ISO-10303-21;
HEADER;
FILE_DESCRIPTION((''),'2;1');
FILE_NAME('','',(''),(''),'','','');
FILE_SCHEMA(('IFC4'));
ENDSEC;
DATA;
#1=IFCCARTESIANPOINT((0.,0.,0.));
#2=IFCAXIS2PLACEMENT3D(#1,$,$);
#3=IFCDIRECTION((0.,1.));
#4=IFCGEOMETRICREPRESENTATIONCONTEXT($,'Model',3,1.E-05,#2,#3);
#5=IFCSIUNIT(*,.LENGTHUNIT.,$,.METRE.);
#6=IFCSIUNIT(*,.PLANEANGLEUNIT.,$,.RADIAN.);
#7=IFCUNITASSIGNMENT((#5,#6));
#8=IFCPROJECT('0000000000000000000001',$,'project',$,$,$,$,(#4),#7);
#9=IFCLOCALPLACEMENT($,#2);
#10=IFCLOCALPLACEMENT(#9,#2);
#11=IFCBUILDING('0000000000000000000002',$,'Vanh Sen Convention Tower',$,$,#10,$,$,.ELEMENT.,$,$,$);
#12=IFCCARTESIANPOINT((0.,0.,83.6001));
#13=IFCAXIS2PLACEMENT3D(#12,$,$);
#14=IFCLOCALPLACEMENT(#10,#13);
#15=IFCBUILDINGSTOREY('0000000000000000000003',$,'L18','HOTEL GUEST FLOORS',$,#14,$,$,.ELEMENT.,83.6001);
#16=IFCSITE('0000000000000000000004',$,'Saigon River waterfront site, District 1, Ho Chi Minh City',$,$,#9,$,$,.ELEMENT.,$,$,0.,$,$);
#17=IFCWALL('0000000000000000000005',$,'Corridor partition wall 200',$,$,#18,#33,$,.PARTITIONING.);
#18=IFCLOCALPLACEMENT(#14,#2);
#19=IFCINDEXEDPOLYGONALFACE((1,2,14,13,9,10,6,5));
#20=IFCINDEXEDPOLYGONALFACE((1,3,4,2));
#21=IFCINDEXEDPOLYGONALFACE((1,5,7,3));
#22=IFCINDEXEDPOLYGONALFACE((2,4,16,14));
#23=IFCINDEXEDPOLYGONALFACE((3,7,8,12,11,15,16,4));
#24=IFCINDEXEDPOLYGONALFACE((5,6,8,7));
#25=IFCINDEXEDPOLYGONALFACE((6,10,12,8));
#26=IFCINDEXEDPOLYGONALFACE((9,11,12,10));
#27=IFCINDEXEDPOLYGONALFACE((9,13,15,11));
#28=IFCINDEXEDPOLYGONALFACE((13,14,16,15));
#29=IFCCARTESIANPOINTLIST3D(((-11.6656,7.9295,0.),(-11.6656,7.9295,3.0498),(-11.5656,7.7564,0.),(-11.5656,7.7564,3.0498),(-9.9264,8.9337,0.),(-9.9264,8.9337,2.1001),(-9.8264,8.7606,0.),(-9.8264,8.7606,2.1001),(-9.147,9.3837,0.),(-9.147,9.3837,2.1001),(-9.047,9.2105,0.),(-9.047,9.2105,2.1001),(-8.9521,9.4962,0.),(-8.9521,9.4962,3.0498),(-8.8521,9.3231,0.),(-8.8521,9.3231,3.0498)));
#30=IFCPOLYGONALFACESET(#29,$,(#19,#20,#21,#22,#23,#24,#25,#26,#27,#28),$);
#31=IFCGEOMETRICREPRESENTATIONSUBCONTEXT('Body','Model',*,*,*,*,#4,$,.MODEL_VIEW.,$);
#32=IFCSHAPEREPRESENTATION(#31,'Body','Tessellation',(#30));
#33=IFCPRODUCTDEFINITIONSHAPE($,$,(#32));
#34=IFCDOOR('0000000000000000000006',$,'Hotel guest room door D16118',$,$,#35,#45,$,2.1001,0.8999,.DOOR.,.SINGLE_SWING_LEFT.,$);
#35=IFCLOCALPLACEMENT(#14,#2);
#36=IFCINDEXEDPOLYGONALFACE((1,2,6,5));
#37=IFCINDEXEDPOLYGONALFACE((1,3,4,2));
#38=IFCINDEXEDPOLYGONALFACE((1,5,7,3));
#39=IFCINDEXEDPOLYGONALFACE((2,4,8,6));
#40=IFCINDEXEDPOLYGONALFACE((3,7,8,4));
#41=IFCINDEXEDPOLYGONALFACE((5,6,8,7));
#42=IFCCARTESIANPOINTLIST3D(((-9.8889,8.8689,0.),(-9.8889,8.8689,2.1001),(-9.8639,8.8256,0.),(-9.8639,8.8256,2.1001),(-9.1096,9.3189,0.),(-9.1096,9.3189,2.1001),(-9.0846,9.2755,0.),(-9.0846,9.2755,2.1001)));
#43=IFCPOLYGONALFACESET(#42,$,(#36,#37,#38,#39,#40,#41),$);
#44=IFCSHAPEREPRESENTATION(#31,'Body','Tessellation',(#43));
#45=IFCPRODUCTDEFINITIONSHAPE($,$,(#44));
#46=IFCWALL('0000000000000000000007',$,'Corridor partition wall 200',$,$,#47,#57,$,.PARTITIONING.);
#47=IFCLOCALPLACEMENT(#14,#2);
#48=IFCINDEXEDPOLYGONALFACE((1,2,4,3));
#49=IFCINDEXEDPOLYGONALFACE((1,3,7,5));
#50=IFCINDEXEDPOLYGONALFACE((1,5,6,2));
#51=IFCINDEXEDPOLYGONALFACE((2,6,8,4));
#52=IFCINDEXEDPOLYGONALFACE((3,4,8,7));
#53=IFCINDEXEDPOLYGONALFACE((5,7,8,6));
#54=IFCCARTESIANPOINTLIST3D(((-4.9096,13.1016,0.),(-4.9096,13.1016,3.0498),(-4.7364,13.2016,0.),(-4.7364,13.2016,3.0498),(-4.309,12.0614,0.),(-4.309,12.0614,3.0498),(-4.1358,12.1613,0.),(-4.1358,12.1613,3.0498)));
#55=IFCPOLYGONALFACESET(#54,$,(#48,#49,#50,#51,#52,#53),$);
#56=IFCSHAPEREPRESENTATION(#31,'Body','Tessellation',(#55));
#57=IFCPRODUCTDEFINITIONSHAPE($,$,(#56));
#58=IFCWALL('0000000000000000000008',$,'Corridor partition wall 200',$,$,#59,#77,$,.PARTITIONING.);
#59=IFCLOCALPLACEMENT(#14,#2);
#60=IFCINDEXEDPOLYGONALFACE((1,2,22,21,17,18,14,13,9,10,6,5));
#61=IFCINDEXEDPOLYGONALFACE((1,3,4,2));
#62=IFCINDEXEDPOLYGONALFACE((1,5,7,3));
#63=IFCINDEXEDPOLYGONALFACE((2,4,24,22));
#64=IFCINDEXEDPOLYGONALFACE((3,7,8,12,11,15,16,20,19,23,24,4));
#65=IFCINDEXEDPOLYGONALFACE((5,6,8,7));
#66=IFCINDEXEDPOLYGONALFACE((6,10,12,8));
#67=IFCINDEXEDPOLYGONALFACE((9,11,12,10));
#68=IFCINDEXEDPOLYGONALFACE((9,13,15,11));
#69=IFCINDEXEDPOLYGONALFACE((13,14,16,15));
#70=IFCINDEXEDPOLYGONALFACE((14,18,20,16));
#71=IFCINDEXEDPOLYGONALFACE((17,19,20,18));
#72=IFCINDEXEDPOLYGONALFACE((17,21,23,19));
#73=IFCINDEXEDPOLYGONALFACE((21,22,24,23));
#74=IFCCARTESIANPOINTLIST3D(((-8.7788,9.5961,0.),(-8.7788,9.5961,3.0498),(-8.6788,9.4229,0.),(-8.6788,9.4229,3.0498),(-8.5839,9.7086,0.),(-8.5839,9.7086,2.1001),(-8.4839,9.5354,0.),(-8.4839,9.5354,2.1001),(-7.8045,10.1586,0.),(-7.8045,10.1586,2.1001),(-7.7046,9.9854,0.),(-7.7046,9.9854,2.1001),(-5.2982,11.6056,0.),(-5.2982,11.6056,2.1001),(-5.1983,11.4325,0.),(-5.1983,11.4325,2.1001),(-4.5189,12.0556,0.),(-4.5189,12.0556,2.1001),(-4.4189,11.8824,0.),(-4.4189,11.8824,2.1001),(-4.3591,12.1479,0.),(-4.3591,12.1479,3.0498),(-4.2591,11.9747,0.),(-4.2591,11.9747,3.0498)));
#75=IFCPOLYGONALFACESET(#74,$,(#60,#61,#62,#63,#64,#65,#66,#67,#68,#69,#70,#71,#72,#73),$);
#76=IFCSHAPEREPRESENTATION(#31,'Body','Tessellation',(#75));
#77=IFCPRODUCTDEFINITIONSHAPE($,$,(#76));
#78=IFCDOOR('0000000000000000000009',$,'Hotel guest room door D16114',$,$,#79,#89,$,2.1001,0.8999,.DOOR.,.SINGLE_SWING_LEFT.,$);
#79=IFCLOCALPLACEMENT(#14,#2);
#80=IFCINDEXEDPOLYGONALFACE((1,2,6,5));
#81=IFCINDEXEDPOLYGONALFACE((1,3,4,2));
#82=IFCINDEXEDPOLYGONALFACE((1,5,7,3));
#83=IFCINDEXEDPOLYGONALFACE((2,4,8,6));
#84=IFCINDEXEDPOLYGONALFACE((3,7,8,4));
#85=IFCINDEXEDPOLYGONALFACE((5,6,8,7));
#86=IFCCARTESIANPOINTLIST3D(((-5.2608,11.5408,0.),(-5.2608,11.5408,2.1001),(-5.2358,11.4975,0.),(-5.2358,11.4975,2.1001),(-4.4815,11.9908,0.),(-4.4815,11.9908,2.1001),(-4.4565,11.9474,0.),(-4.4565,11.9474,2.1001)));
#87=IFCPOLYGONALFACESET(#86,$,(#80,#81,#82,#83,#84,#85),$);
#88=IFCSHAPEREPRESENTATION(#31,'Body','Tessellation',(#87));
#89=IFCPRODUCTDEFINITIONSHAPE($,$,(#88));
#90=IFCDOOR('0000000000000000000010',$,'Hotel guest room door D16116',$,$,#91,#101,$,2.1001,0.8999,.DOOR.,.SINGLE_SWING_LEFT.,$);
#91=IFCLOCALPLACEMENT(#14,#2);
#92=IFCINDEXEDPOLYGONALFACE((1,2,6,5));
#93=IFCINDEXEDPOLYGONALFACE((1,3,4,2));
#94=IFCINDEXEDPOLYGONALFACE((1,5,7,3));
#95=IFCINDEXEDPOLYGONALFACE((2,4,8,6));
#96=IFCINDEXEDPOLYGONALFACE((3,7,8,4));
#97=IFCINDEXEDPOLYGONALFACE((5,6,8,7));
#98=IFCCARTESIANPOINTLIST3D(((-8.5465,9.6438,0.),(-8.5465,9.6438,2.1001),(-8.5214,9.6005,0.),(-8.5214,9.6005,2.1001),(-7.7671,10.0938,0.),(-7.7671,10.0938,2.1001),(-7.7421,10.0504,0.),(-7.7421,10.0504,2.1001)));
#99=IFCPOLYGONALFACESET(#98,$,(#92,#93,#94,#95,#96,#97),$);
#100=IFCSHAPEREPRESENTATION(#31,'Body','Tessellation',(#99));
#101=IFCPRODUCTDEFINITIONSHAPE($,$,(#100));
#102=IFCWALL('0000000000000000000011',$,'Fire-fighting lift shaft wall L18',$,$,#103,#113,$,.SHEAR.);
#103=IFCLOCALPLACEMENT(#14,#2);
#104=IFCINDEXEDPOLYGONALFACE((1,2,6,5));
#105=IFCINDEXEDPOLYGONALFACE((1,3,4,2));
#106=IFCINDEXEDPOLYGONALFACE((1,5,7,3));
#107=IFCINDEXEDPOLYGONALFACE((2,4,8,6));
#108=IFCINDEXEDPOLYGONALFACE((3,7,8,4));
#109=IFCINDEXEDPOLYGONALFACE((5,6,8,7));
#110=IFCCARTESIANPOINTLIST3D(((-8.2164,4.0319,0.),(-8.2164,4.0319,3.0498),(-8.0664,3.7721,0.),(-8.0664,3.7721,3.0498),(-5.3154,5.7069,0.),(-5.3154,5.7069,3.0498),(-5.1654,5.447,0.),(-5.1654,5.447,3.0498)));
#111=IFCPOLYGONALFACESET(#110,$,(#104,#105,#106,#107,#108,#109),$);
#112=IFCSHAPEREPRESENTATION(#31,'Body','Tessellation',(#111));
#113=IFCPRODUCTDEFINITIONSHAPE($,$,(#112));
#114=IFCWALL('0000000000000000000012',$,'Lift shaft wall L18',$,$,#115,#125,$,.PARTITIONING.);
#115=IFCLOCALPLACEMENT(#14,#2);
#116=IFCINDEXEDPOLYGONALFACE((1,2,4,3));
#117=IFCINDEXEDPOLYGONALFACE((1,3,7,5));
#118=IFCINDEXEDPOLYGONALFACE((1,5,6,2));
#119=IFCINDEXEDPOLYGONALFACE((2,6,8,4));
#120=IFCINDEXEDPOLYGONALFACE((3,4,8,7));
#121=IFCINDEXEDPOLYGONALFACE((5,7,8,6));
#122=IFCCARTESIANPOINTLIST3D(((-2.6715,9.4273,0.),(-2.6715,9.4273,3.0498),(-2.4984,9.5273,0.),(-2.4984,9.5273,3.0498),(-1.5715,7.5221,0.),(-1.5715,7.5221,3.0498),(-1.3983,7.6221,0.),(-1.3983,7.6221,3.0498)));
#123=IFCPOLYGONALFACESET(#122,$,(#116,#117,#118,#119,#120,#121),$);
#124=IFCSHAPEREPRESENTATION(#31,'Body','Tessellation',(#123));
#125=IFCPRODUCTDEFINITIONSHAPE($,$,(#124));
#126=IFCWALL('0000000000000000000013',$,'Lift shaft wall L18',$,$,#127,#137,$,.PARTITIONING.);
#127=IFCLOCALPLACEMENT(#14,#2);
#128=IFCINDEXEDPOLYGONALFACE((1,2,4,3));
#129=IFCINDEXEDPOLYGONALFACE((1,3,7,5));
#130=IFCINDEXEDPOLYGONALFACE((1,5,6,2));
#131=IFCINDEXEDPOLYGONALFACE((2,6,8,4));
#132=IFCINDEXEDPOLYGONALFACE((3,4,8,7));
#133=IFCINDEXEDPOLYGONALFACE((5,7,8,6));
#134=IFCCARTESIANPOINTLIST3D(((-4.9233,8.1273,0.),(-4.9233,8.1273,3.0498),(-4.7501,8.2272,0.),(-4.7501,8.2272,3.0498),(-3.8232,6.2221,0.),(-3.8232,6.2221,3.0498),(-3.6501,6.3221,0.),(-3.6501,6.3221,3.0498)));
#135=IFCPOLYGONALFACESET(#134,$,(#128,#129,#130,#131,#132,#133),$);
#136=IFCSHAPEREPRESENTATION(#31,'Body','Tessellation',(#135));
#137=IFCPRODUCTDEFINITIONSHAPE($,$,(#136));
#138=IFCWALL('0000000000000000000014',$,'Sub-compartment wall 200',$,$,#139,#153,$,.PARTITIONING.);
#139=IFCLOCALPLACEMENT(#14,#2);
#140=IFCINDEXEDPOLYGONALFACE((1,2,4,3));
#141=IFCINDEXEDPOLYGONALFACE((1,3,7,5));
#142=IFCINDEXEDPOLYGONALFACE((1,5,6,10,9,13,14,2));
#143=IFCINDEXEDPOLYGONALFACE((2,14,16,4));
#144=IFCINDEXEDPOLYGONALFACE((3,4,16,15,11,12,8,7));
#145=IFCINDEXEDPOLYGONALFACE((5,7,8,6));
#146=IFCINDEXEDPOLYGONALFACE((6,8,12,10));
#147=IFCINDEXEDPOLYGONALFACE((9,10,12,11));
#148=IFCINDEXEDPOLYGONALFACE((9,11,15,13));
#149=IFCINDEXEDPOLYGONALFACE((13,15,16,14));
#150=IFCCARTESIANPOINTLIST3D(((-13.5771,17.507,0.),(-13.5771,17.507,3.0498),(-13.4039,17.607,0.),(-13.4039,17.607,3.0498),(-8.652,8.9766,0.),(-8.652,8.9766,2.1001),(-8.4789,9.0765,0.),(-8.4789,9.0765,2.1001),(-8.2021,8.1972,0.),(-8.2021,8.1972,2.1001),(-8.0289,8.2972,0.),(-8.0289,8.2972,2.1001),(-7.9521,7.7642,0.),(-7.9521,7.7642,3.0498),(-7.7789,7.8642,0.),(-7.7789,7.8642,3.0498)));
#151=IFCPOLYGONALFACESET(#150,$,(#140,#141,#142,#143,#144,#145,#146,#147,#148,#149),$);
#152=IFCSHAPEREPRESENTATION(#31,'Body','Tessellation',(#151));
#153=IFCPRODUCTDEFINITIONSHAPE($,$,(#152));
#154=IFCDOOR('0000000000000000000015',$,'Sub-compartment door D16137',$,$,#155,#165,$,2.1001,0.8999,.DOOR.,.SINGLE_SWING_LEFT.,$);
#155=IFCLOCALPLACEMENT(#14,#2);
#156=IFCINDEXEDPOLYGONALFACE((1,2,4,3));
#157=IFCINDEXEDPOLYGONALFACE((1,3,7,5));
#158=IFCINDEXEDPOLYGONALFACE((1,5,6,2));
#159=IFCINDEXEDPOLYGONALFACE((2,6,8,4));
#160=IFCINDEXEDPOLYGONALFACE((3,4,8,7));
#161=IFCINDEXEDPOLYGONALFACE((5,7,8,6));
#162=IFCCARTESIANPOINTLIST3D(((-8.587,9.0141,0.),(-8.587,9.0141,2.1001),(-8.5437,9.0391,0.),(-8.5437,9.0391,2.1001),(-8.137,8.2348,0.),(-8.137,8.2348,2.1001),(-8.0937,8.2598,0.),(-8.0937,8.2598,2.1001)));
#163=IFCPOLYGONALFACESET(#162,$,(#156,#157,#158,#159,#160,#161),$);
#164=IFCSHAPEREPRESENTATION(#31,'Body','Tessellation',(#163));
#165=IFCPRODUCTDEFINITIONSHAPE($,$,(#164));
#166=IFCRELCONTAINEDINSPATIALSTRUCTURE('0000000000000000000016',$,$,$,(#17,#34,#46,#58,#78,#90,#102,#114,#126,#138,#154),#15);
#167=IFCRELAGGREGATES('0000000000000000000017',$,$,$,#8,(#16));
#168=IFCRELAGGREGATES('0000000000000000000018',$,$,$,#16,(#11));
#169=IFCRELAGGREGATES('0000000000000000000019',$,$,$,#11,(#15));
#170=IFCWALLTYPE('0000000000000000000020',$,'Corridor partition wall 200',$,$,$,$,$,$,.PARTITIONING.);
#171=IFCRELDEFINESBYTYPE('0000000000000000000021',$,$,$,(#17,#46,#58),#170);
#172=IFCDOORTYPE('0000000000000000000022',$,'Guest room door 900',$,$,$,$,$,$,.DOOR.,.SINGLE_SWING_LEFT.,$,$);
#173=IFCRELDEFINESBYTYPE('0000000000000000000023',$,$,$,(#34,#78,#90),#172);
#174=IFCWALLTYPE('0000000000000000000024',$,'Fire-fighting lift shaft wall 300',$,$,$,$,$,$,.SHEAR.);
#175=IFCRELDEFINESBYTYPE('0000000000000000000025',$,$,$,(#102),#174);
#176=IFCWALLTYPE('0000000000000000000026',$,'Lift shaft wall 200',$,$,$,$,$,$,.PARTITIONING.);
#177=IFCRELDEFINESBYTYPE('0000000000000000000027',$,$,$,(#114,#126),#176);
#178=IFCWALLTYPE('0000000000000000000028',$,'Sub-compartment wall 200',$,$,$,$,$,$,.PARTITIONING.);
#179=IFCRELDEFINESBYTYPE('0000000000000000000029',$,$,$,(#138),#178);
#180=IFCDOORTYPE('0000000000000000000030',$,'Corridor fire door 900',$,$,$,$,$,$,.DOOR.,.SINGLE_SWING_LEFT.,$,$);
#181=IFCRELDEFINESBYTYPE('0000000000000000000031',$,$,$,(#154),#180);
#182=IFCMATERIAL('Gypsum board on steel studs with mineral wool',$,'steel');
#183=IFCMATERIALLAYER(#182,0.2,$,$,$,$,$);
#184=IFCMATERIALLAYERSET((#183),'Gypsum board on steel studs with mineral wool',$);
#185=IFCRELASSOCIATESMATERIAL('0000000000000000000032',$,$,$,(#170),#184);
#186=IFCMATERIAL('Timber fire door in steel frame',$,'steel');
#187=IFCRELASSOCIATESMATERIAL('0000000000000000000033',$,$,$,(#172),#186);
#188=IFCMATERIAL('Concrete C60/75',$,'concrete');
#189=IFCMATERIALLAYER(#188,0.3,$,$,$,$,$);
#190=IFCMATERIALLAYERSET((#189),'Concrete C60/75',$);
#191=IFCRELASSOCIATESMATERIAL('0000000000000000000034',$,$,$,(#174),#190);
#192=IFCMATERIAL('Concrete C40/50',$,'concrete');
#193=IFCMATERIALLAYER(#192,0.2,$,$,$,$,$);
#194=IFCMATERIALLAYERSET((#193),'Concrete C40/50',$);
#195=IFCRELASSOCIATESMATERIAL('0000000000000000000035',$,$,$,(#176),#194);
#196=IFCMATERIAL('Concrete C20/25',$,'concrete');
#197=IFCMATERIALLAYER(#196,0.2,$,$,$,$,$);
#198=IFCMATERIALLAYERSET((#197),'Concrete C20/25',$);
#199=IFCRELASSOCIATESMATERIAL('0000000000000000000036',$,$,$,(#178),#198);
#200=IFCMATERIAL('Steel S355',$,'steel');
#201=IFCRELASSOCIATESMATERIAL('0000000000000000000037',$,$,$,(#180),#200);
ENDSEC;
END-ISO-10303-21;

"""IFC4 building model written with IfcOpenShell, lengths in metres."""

from ifc_helpers import new_model, si_unit, direction, frame, frame_2d, origin, place, context, subcontext, project, spatial, rectangle, extrude, material, layer, layer_set, type_object, element, fill, save


model = new_model("IFC4")

# Units and contexts
model_context = context("Model", 3, precision=1e-05, world=origin(), true_north=direction((0.0, 1.0)))
body_context = subcontext(model_context, "Body", "Model", "MODEL_VIEW")
ifc_project = project(units=[si_unit("LENGTHUNIT", "METRE"), si_unit("PLANEANGLEUNIT", "RADIAN")], contexts=[model_context])

# Site, building, storey
site_placement = place(None, origin())
site = spatial("IfcSite", under=ifc_project, at=site_placement, Name="Saigon River waterfront site, District 1, Ho Chi Minh City", CompositionType="ELEMENT", RefElevation=0.0)
building_placement = place(site_placement, origin())
building = spatial("IfcBuilding", under=site, at=building_placement, Name="Vanh Sen Convention Tower", CompositionType="ELEMENT")
storey_placement = place(building_placement, frame((0.0, 0.0, 83.6001)))
storey = spatial("IfcBuildingStorey", under=building, at=storey_placement, Name="L18", Description="HOTEL GUEST FLOORS", CompositionType="ELEMENT", Elevation=83.6001)

# Shared definitions
ifc_material_1 = material(Name="Gypsum board on steel studs with mineral wool", Category="steel")
ifc_layer_1 = layer(ifc_material_1, 0.2)
ifc_layer_set_1 = layer_set([ifc_layer_1], Name="Gypsum board on steel studs with mineral wool")
wall_type_1 = type_object("IfcWallType", Name="Corridor partition wall 200", PredefinedType="PARTITIONING", material=ifc_layer_set_1)

# Wall, opening, door
wall_1_placement = place(storey_placement, frame((-8.9021, 9.4097, 0.0), z_axis=(0.0, 0.0, 1.0), x_axis=(-0.866014, -0.500019, 0.0)))
wall_1 = element("IfcWall", 1, at=wall_1_placement, inside=storey, type_object=wall_type_1, Name="Corridor partition wall 200", PredefinedType="PARTITIONING", context=body_context, shape_type="SweptSolid", body=[
    extrude(rectangle(XDim=3.1333, YDim=0.2, at=frame_2d((1.5667, 0.0))), origin(), (0.0, 0.0, 1.0), 3.0498),
])
opening_1_placement = place(wall_1_placement, frame((0.2251, 0.0, 0.0)))
opening_1 = element("IfcOpeningElement", 2, at=opening_1_placement, cuts=wall_1, PredefinedType="OPENING", context=body_context, shape_type="SweptSolid", body=[
    extrude(rectangle(XDim=0.8999, YDim=2.1001, at=frame_2d((0.45, 1.05))), frame((0.0, 0.1099, 0.0), z_axis=(0.0, -1.0, 0.0), x_axis=(1.0, 0.0, 0.0)), (0.0, 0.0, 1.0), 0.22),
])
ifc_material_2 = material(Name="Timber fire door in steel frame", Category="steel")
door_type_1 = type_object("IfcDoorType", Name="Guest room door 900", OperationType="SINGLE_SWING_LEFT", PredefinedType="DOOR", material=ifc_material_2)
door_1_placement = place(opening_1_placement, origin())
door_1 = element("IfcDoor", 3, at=door_1_placement, inside=storey, type_object=door_type_1, Name="Hotel guest room door D16118", OperationType="SINGLE_SWING_LEFT", OverallHeight=2.1001, OverallWidth=0.8999, PredefinedType="DOOR", context=body_context, shape_type="SweptSolid", body=[
    extrude(rectangle(XDim=0.8999, YDim=2.1001, at=frame_2d((0.45, 1.05))), frame((0.0, 0.0249, 0.0), z_axis=(0.0, -1.0, 0.0), x_axis=(1.0, 0.0, 0.0)), (0.0, 0.0, 1.0), 0.05),
])
fill(opening_1, door_1)

# Wall
wall_2_placement = place(storey_placement, frame((-4.823, 13.1516, 0.0), z_axis=(0.0, 0.0, 1.0), x_axis=(0.499986, -0.866033, 0.0)))
element("IfcWall", 4, at=wall_2_placement, inside=storey, type_object=wall_type_1, Name="Corridor partition wall 200", PredefinedType="PARTITIONING", context=body_context, shape_type="SweptSolid", body=[
    extrude(rectangle(XDim=1.2012, YDim=0.2, at=frame_2d((0.6006, 0.0))), origin(), (0.0, 0.0, 1.0), 3.0498),
])

# Wall, openings, doors
wall_3_placement = place(storey_placement, frame((-4.3091, 12.0613, 0.0), z_axis=(0.0, 0.0, 1.0), x_axis=(-0.866021, -0.500008, 0.0)))
wall_3 = element("IfcWall", 5, at=wall_3_placement, inside=storey, type_object=wall_type_1, Name="Corridor partition wall 200", PredefinedType="PARTITIONING", context=body_context, shape_type="SweptSolid", body=[
    extrude(rectangle(XDim=5.1035, YDim=0.2, at=frame_2d((2.5518, 0.0))), origin(), (0.0, 0.0, 1.0), 3.0498),
])
opening_2_placement = place(wall_3_placement, frame((0.1846, 0.0, 0.0)))
opening_2 = element("IfcOpeningElement", 6, at=opening_2_placement, cuts=wall_3, PredefinedType="OPENING", context=body_context, shape_type="SweptSolid", body=[
    extrude(rectangle(XDim=0.8999, YDim=2.1001, at=frame_2d((0.45, 1.05))), frame((0.0, 0.1099, 0.0), z_axis=(0.0, -1.0, 0.0), x_axis=(1.0, 0.0, 0.0)), (0.0, 0.0, 1.0), 0.22),
])
opening_3_placement = place(wall_3_placement, frame((3.9785, 0.0, 0.0)))
opening_3 = element("IfcOpeningElement", 7, at=opening_3_placement, cuts=wall_3, PredefinedType="OPENING", context=body_context, shape_type="SweptSolid", body=[
    extrude(rectangle(XDim=0.8999, YDim=2.1001, at=frame_2d((0.45, 1.05))), frame((0.0, 0.1099, 0.0), z_axis=(0.0, -1.0, 0.0), x_axis=(1.0, 0.0, 0.0)), (0.0, 0.0, 1.0), 0.22),
])
door_2_placement = place(opening_2_placement, origin())
door_2 = element("IfcDoor", 8, at=door_2_placement, inside=storey, type_object=door_type_1, Name="Hotel guest room door D16114", OperationType="SINGLE_SWING_LEFT", OverallHeight=2.1001, OverallWidth=0.8999, PredefinedType="DOOR", context=body_context, shape_type="SweptSolid", body=[
    extrude(rectangle(XDim=0.8999, YDim=2.1001, at=frame_2d((0.45, 1.05))), frame((0.0, 0.0249, 0.0), z_axis=(0.0, -1.0, 0.0), x_axis=(1.0, 0.0, 0.0)), (0.0, 0.0, 1.0), 0.05),
])
fill(opening_2, door_2)
door_3_placement = place(opening_3_placement, origin())
door_3 = element("IfcDoor", 9, at=door_3_placement, inside=storey, type_object=door_type_1, Name="Hotel guest room door D16116", OperationType="SINGLE_SWING_LEFT", OverallHeight=2.1001, OverallWidth=0.8999, PredefinedType="DOOR", context=body_context, shape_type="SweptSolid", body=[
    extrude(rectangle(XDim=0.8999, YDim=2.1001, at=frame_2d((0.45, 1.05))), frame((0.0, 0.0249, 0.0), z_axis=(0.0, -1.0, 0.0), x_axis=(1.0, 0.0, 0.0)), (0.0, 0.0, 1.0), 0.05),
])
fill(opening_3, door_3)

# Walls
ifc_material_3 = material(Name="Concrete C60/75", Category="concrete")
ifc_layer_2 = layer(ifc_material_3, 0.3)
ifc_layer_set_2 = layer_set([ifc_layer_2], Name="Concrete C60/75")
wall_type_2 = type_object("IfcWallType", Name="Fire-fighting lift shaft wall 300", PredefinedType="SHEAR", material=ifc_layer_set_2)
wall_4_placement = place(storey_placement, frame((-5.2405, 5.5769, 0.0), z_axis=(0.0, 0.0, 1.0), x_axis=(-0.866014, -0.500019, 0.0)))
element("IfcWall", 10, at=wall_4_placement, inside=storey, type_object=wall_type_2, Name="Fire-fighting lift shaft wall L18", PredefinedType="SHEAR", context=body_context, shape_type="SweptSolid", body=[
    extrude(rectangle(XDim=3.3499, YDim=0.3, at=frame_2d((1.6748, 0.0))), origin(), (0.0, 0.0, 1.0), 3.0498),
])
ifc_material_4 = material(Name="Concrete C40/50", Category="concrete")
ifc_layer_3 = layer(ifc_material_4, 0.2)
ifc_layer_set_3 = layer_set([ifc_layer_3], Name="Concrete C40/50")
wall_type_3 = type_object("IfcWallType", Name="Lift shaft wall 200", PredefinedType="PARTITIONING", material=ifc_layer_set_3)
for number, where, z_axis, x_axis, name in (
    (11, (-1.4849, 7.572, 0.0), (0.0, 0.0, 1.0), (-0.50003, 0.866008, 0.0), "Lift shaft wall L18"),
    (12, (-3.7366, 6.272, 0.0), (0.0, 0.0, 1.0), (-0.50003, 0.866008, 0.0), "Lift shaft wall L18"),
):
    element("IfcWall", number, at=place(storey_placement, frame(where, z_axis=z_axis, x_axis=x_axis)), inside=storey, type_object=wall_type_3, Name=name, PredefinedType="PARTITIONING", context=body_context, shape_type="SweptSolid", body=[
        extrude(rectangle(XDim=2.2, YDim=0.2, at=frame_2d((1.1001, 0.0))), origin(), (0.0, 0.0, 1.0), 3.0498),
    ])

# Wall, opening, door
ifc_material_5 = material(Name="Concrete C20/25", Category="concrete")
ifc_layer_4 = layer(ifc_material_5, 0.2)
ifc_layer_set_4 = layer_set([ifc_layer_4], Name="Concrete C20/25")
wall_type_4 = type_object("IfcWallType", Name="Sub-compartment wall 200", PredefinedType="PARTITIONING", material=ifc_layer_set_4)
wall_5_placement = place(storey_placement, frame((-7.8655, 7.8142, 0.0), z_axis=(0.0, 0.0, 1.0), x_axis=(-0.500004, 0.866023, 0.0)))
wall_5 = element("IfcWall", 13, at=wall_5_placement, inside=storey, type_object=wall_type_4, Name="Sub-compartment wall 200", PredefinedType="PARTITIONING", context=body_context, shape_type="SweptSolid", body=[
    extrude(rectangle(XDim=11.25, YDim=0.2, at=frame_2d((5.625, 0.0))), origin(), (0.0, 0.0, 1.0), 3.0498),
])
opening_4_placement = place(wall_5_placement, frame((0.5, 0.0, 0.0)))
opening_4 = element("IfcOpeningElement", 14, at=opening_4_placement, cuts=wall_5, PredefinedType="OPENING", context=body_context, shape_type="SweptSolid", body=[
    extrude(rectangle(XDim=0.8999, YDim=2.1001, at=frame_2d((0.45, 1.05))), frame((0.0, 0.1099, 0.0), z_axis=(0.0, -1.0, 0.0), x_axis=(1.0, 0.0, 0.0)), (0.0, 0.0, 1.0), 0.22),
])
ifc_material_6 = material(Name="Steel S355", Category="steel")
door_type_2 = type_object("IfcDoorType", Name="Corridor fire door 900", OperationType="SINGLE_SWING_LEFT", PredefinedType="DOOR", material=ifc_material_6)
door_4_placement = place(opening_4_placement, origin())
door_4 = element("IfcDoor", 15, at=door_4_placement, inside=storey, type_object=door_type_2, Name="Sub-compartment door D16137", OperationType="SINGLE_SWING_LEFT", OverallHeight=2.1001, OverallWidth=0.8999, PredefinedType="DOOR", context=body_context, shape_type="SweptSolid", body=[
    extrude(rectangle(XDim=0.8999, YDim=2.1001, at=frame_2d((0.45, 1.05))), frame((0.0, 0.0249, 0.0), z_axis=(0.0, -1.0, 0.0), x_axis=(1.0, 0.0, 0.0)), (0.0, 0.0, 1.0), 0.05),
])
fill(opening_4, door_4)

save(model, "model.ifc")
